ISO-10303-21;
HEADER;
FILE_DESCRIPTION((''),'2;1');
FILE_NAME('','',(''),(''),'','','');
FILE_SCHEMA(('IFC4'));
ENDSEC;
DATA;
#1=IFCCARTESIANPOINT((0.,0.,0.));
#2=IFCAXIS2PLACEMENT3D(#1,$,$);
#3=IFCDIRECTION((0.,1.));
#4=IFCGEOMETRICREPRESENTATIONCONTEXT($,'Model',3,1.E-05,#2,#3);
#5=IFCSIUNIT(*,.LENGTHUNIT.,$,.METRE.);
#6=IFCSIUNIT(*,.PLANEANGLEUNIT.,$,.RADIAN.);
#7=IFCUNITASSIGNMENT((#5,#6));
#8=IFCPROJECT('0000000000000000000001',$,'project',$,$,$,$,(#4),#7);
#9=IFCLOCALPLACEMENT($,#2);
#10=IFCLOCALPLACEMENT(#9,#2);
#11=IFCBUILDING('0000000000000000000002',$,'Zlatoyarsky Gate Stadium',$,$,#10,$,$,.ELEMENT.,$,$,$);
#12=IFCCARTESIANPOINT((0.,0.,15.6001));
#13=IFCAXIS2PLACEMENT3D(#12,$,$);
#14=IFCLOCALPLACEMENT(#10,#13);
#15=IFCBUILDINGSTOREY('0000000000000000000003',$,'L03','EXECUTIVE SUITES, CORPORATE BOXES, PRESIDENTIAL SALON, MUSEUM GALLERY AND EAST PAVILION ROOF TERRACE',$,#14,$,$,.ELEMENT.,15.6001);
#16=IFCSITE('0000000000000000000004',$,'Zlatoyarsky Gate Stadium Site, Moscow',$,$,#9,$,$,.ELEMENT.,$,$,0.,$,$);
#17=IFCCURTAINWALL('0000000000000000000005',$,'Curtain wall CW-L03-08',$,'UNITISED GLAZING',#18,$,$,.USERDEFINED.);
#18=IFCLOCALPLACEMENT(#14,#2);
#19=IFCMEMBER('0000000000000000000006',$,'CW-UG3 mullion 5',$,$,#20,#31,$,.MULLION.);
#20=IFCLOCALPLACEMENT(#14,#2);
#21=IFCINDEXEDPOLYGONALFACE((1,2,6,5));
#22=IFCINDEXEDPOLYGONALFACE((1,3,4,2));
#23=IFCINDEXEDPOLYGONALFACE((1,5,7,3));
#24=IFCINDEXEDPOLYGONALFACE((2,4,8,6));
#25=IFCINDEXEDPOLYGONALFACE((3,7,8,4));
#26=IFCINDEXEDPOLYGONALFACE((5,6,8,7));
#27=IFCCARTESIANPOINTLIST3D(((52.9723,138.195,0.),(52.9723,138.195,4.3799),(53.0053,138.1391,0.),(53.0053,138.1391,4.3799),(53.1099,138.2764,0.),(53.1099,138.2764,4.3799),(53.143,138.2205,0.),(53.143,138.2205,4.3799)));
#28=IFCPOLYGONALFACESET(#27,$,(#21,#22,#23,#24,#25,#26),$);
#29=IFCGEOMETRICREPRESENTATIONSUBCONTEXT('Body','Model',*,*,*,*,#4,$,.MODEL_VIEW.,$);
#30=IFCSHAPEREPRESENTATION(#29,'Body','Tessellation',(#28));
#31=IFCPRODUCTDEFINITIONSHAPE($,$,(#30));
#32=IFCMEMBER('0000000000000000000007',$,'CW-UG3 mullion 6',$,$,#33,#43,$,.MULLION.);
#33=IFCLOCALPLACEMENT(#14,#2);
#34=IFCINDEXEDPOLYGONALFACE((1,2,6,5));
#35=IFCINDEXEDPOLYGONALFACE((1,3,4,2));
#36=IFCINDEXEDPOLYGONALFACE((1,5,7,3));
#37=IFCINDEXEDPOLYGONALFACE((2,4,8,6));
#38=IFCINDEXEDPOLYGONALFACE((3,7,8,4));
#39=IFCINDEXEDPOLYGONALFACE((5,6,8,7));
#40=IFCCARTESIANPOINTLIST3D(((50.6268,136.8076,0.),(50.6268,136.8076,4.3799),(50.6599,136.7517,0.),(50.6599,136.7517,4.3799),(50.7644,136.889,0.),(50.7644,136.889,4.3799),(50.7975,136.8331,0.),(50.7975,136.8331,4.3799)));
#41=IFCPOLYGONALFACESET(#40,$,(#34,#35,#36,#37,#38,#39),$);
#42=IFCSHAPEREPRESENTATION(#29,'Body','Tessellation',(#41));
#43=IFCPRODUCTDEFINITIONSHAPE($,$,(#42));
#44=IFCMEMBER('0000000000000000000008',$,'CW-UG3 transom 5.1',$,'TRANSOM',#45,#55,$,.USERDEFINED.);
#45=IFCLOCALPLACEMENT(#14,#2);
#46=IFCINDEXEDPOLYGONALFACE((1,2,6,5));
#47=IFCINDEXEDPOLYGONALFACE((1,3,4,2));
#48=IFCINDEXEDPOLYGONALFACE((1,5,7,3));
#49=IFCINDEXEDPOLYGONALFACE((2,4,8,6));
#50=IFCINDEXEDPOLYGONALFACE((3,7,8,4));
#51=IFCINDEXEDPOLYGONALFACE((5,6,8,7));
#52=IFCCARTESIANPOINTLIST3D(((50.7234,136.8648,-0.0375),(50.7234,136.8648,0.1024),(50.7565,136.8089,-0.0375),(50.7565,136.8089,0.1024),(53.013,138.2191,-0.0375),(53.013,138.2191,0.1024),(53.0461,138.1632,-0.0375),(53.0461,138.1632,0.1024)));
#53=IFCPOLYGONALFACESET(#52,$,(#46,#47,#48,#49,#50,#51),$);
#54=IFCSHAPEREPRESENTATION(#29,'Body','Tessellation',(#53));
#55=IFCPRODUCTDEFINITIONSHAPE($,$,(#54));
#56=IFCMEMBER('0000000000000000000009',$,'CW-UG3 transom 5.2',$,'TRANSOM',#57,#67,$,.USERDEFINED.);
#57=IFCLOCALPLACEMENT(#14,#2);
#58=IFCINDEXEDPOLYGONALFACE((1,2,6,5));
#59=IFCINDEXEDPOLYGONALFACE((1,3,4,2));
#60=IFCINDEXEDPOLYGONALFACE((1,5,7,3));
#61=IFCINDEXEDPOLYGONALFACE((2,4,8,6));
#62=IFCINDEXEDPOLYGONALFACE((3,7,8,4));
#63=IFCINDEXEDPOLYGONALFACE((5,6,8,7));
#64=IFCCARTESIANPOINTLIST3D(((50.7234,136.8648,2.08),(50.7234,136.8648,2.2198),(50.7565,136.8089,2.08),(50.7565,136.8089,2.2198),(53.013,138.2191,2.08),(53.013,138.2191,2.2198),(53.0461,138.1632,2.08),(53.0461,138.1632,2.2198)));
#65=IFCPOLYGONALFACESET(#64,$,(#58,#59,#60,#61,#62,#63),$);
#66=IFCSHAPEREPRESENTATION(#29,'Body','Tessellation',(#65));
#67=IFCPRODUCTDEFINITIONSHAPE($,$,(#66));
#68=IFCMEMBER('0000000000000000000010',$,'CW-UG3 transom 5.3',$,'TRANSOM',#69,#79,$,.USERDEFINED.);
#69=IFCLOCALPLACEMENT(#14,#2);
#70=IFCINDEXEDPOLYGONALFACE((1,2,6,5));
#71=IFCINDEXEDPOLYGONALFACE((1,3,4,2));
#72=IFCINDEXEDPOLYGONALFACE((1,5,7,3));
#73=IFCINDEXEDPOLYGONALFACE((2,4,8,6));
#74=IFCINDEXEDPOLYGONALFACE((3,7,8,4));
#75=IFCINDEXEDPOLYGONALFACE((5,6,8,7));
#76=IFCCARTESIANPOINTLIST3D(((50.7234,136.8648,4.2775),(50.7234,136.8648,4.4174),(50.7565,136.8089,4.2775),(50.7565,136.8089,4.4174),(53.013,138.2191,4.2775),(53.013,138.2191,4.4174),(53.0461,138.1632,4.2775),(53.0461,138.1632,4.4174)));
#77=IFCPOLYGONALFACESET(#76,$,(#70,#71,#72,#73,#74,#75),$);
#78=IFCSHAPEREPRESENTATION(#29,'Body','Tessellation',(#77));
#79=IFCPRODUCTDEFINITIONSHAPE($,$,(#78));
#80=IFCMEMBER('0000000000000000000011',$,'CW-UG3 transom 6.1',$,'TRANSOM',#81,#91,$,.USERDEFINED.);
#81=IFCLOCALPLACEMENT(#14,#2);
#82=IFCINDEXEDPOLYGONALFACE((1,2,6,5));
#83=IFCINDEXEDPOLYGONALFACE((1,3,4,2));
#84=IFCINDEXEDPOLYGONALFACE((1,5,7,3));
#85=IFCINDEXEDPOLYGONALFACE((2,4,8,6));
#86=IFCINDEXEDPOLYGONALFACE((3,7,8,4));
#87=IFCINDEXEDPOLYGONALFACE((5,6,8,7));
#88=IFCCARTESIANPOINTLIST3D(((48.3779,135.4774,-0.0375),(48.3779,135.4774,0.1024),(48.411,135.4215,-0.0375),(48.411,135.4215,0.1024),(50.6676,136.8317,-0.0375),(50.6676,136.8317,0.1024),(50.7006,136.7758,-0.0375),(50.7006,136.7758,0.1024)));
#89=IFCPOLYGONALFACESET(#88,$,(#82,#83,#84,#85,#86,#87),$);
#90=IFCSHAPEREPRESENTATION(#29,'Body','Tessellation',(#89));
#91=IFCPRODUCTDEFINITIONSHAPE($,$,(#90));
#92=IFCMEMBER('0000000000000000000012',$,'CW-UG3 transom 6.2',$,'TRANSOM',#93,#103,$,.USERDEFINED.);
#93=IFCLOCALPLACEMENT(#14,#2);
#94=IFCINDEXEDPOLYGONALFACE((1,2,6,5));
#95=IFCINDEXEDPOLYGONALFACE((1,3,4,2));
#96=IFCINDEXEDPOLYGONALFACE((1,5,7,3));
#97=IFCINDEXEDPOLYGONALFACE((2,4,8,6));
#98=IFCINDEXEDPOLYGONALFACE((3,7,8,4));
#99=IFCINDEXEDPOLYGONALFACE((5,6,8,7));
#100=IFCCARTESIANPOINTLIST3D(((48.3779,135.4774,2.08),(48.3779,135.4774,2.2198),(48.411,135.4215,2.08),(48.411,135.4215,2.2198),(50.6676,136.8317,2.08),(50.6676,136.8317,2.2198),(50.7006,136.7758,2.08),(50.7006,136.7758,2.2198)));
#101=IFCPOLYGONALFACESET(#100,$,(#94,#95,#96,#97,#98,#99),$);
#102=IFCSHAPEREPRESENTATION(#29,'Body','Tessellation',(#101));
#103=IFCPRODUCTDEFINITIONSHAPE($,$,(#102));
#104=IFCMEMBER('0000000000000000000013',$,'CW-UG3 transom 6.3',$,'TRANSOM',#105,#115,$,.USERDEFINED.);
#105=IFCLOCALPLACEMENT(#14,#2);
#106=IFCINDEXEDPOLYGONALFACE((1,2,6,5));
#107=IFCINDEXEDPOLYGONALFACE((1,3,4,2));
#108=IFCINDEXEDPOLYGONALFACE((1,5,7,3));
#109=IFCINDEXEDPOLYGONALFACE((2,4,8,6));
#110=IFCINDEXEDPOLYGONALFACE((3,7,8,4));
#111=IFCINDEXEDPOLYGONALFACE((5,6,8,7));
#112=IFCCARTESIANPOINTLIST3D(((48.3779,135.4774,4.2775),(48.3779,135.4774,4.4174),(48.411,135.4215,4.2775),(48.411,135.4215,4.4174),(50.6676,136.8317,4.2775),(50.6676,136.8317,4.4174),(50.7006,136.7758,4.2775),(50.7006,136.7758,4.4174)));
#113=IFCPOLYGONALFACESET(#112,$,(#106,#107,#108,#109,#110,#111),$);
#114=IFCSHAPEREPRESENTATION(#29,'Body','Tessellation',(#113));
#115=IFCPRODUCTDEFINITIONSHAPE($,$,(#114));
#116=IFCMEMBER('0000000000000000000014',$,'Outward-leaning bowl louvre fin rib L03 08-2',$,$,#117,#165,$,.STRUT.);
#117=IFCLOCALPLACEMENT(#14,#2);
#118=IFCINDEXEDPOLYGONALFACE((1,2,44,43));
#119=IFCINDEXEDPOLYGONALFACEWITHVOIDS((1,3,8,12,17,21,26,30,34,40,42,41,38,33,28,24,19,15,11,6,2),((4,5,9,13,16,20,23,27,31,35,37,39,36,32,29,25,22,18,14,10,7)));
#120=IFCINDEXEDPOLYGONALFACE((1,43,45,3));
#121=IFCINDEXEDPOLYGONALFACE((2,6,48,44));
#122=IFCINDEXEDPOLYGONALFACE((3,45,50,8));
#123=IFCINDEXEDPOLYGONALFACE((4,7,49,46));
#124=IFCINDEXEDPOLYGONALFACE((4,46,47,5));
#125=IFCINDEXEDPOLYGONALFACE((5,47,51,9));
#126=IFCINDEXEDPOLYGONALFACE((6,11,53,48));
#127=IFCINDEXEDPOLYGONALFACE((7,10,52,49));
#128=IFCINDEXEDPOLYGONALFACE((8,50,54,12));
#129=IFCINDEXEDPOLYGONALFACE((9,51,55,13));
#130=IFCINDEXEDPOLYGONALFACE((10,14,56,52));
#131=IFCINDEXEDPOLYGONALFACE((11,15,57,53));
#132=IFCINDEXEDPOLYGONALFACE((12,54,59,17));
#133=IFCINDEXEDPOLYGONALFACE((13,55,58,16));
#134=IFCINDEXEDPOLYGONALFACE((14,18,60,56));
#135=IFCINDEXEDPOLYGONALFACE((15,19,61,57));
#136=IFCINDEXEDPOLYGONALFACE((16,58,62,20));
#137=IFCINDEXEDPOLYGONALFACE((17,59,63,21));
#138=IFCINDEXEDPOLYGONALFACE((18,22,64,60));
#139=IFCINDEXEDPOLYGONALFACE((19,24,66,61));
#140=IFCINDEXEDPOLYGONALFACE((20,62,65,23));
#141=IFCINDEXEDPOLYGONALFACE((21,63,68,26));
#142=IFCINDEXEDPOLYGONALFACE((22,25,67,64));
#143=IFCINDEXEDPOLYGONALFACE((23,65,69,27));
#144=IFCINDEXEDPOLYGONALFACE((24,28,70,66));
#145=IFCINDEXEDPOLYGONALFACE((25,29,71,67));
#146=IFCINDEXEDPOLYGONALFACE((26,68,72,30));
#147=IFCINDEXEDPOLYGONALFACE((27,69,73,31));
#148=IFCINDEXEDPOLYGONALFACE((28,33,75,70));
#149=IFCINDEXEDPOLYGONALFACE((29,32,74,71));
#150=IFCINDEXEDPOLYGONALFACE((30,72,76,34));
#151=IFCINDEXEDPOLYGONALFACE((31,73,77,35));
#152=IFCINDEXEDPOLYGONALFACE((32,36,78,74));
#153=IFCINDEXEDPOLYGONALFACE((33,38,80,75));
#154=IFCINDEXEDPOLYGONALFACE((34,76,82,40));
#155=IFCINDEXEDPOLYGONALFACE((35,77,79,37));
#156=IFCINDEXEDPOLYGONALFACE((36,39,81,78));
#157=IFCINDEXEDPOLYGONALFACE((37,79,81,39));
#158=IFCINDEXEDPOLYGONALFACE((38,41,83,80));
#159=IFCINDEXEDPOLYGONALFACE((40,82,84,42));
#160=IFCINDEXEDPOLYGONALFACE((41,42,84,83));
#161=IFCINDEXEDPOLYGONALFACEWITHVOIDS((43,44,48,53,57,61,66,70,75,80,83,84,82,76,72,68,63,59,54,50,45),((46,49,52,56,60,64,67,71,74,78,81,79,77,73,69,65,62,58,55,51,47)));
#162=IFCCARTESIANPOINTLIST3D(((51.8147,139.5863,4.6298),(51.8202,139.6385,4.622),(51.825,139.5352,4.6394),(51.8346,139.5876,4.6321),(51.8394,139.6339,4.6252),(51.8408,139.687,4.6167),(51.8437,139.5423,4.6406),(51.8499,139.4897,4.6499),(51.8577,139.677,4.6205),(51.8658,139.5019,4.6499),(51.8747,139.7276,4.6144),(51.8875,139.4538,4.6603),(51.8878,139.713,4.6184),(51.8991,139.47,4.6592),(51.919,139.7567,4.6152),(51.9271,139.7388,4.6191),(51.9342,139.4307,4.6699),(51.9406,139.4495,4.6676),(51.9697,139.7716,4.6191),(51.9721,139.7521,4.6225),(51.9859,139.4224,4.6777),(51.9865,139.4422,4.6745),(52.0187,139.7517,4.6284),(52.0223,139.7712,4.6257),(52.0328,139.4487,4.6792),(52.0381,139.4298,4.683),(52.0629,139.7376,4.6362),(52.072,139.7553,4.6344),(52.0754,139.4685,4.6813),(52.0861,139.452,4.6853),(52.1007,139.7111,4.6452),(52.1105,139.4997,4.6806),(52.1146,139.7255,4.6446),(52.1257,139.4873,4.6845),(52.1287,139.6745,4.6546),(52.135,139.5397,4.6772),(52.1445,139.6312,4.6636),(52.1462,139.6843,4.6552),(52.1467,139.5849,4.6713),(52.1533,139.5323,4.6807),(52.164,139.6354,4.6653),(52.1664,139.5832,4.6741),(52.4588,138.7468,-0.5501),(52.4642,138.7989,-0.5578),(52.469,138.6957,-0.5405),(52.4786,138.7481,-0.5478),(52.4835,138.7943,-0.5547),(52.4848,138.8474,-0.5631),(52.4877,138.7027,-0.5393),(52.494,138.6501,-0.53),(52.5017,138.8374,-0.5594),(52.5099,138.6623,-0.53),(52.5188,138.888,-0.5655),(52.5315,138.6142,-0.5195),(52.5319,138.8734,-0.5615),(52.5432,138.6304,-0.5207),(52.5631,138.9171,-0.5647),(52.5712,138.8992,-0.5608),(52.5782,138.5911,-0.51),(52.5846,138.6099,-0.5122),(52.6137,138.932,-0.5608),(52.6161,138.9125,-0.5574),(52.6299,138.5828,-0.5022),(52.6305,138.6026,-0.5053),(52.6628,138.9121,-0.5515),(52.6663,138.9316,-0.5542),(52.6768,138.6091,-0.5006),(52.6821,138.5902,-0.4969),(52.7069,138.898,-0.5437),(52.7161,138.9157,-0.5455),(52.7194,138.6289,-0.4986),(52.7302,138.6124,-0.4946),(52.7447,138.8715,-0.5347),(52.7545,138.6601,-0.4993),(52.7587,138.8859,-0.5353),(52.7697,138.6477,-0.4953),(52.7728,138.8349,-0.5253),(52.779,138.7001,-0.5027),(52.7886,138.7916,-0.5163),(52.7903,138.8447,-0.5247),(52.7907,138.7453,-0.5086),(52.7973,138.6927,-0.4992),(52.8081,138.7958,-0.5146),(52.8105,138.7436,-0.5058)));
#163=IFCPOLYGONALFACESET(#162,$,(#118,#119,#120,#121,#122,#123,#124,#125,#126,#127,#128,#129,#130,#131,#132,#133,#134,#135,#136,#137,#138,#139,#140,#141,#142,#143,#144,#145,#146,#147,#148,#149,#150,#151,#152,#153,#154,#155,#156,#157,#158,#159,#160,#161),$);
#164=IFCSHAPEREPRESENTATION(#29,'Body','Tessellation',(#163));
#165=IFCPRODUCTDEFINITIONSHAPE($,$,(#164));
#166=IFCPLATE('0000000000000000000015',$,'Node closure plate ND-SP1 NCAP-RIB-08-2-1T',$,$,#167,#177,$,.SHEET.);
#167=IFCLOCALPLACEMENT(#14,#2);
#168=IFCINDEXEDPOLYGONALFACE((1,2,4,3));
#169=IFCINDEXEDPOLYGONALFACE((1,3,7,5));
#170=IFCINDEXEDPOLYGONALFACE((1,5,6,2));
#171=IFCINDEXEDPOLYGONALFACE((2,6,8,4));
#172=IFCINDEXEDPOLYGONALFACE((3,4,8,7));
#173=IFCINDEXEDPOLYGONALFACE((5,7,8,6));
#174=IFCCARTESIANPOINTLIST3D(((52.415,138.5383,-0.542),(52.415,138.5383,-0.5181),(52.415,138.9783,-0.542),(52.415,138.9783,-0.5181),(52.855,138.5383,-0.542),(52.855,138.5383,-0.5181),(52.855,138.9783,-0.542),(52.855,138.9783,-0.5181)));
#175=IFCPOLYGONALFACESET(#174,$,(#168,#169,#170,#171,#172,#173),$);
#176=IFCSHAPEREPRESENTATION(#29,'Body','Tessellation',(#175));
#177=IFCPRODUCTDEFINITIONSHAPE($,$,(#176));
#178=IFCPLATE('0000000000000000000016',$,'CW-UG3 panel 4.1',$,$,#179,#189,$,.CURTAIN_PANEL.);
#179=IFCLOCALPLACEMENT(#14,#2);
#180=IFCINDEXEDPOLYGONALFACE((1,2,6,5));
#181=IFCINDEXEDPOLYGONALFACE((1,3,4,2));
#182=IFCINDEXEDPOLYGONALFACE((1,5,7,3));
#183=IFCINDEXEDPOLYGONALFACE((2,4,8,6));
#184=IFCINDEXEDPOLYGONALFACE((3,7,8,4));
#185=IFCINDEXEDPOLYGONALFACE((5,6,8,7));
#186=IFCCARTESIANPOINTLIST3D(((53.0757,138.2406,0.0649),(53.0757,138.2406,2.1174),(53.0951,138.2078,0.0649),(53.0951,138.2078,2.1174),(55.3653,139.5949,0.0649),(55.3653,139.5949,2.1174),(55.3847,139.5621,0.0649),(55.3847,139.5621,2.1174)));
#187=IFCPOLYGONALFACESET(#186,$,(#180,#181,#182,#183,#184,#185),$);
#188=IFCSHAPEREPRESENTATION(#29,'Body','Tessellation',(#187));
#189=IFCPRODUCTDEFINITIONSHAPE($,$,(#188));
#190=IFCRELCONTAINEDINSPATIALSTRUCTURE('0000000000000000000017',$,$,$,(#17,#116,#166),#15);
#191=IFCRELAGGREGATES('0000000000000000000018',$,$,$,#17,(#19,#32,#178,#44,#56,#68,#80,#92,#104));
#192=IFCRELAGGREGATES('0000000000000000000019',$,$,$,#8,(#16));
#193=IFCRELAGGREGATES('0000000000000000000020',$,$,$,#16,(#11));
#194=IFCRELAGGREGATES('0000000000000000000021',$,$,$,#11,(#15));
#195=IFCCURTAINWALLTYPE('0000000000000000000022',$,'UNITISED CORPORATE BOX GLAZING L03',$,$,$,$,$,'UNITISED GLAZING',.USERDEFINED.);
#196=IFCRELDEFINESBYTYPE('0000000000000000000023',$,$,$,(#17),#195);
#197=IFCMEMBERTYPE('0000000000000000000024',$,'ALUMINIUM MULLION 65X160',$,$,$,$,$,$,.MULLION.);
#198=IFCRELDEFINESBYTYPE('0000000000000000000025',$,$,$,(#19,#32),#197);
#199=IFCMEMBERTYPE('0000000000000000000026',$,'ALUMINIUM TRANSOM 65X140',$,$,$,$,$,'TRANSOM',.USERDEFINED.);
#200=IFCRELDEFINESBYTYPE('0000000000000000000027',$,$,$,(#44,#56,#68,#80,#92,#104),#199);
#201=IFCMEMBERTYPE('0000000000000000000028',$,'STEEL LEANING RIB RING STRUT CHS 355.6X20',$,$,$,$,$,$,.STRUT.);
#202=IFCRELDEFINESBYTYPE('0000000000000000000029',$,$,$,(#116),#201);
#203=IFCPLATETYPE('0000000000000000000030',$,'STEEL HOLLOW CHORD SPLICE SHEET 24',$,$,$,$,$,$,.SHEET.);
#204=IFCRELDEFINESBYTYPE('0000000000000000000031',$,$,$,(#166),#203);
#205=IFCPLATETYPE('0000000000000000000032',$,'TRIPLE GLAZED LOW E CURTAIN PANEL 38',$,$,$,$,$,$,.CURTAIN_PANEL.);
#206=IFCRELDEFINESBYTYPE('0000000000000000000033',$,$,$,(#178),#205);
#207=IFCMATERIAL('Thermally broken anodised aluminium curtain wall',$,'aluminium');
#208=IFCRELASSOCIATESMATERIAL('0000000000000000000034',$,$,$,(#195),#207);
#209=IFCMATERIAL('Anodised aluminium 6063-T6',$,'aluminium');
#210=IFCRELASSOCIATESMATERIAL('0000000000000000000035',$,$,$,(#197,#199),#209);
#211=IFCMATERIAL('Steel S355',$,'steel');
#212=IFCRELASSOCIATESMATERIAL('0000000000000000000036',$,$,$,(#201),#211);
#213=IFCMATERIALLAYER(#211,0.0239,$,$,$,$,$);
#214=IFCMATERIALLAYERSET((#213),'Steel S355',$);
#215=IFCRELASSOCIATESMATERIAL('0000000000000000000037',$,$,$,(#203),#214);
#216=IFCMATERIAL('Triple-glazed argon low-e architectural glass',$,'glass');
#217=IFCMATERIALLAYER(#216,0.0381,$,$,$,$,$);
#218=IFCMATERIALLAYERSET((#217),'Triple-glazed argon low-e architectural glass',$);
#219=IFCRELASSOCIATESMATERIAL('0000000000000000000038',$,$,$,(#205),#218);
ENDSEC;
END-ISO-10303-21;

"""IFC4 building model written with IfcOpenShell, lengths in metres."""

from ifc_helpers import new_model, si_unit, direction, frame, origin, origin_2d, place, context, subcontext, project, spatial, rectangle, hollow_circle, extrude, material, layer, layer_set, material_profile, profile_set, type_object, element, aggregate, save


model = new_model("IFC4")

# Units and contexts
model_context = context("Model", 3, precision=1e-05, world=origin(), true_north=direction((0.0, 1.0)))
body_context = subcontext(model_context, "Body", "Model", "MODEL_VIEW")
ifc_project = project(units=[si_unit("LENGTHUNIT", "METRE"), si_unit("PLANEANGLEUNIT", "RADIAN")], contexts=[model_context])

# Site, building, storey
site_placement = place(None, origin())
site = spatial("IfcSite", under=ifc_project, at=site_placement, Name="Zlatoyarsky Gate Stadium Site, Moscow", CompositionType="ELEMENT", RefElevation=0.0)
building_placement = place(site_placement, origin())
building = spatial("IfcBuilding", under=site, at=building_placement, Name="Zlatoyarsky Gate Stadium", CompositionType="ELEMENT")
storey_placement = place(building_placement, frame((0.0, 0.0, 15.6001)))
storey = spatial("IfcBuildingStorey", under=building, at=storey_placement, Name="L03", Description="EXECUTIVE SUITES, CORPORATE BOXES, PRESIDENTIAL SALON, MUSEUM GALLERY AND EAST PAVILION ROOF TERRACE", CompositionType="ELEMENT", Elevation=15.6001)

# Curtain wall, members
ifc_material_1 = material(Name="Thermally broken anodised aluminium curtain wall", Category="aluminium")
curtain_wall_type = type_object("IfcCurtainWallType", Name="UNITISED CORPORATE BOX GLAZING L03", ElementType="UNITISED GLAZING", PredefinedType="USERDEFINED", material=ifc_material_1)
curtain_wall_placement = place(storey_placement, origin())
curtain_wall = element("IfcCurtainWall", 1, at=curtain_wall_placement, inside=storey, type_object=curtain_wall_type, Name="Curtain wall CW-L03-08", ObjectType="UNITISED GLAZING", PredefinedType="USERDEFINED")
ifc_material_2 = material(Name="Anodised aluminium 6063-T6", Category="aluminium")
ifc_material_profile_1 = material_profile(ifc_material_2, rectangle(XDim=0.0649, YDim=0.1599, at=origin_2d()), Name="ALU 65X160")
ifc_profile_set_1 = profile_set([ifc_material_profile_1], Name="Anodised aluminium 6063-T6")
member_type_1 = type_object("IfcMemberType", Name="ALUMINIUM MULLION 65X160", PredefinedType="MULLION", material=ifc_profile_set_1)
member_1_placement = place(storey_placement, frame((53.0576, 138.2078, 0.0), z_axis=(0.0, 0.0, 1.0), x_axis=(0.509098, -0.860708, 0.0)))
member_1 = element("IfcMember", 2, at=member_1_placement, type_object=member_type_1, Name="CW-UG3 mullion 5", PredefinedType="MULLION", context=body_context, shape_type="SweptSolid", body=[
    extrude(rectangle(XDim=0.0649, YDim=0.1599, at=origin_2d()), origin(), (0.0, 0.0, 1.0), 4.3799),
])
member_2_placement = place(storey_placement, frame((50.7122, 136.8203, 0.0), z_axis=(0.0, 0.0, 1.0), x_axis=(0.509098, -0.860708, 0.0)))
member_2 = element("IfcMember", 3, at=member_2_placement, type_object=member_type_1, Name="CW-UG3 mullion 6", PredefinedType="MULLION", context=body_context, shape_type="SweptSolid", body=[
    extrude(rectangle(XDim=0.0649, YDim=0.1599, at=origin_2d()), origin(), (0.0, 0.0, 1.0), 4.3799),
])
ifc_material_profile_2 = material_profile(ifc_material_2, rectangle(XDim=0.0649, YDim=0.1399, at=origin_2d()), Name="ALU 65X140")
ifc_profile_set_2 = profile_set([ifc_material_profile_2], Name="Anodised aluminium 6063-T6")
member_type_2 = type_object("IfcMemberType", Name="ALUMINIUM TRANSOM 65X140", ElementType="TRANSOM", PredefinedType="USERDEFINED", material=ifc_profile_set_2)
member_3_placement = place(storey_placement, frame((53.0295, 138.1912, 0.0325), z_axis=(-0.860707, -0.5091, 0.0), x_axis=(0.5091, -0.860707, 0.0)))
member_3 = element("IfcMember", 4, at=member_3_placement, type_object=member_type_2, Name="CW-UG3 transom 5.1", ObjectType="TRANSOM", PredefinedType="USERDEFINED", context=body_context, shape_type="SweptSolid", body=[
    extrude(rectangle(XDim=0.0649, YDim=0.1399, at=origin_2d()), origin(), (0.0, 0.0, 1.0), 2.6602),
])
member_4_placement = place(storey_placement, frame((53.0295, 138.1912, 2.1499), z_axis=(-0.860707, -0.5091, 0.0), x_axis=(0.5091, -0.860707, 0.0)))
member_4 = element("IfcMember", 5, at=member_4_placement, type_object=member_type_2, Name="CW-UG3 transom 5.2", ObjectType="TRANSOM", PredefinedType="USERDEFINED", context=body_context, shape_type="SweptSolid", body=[
    extrude(rectangle(XDim=0.0649, YDim=0.1399, at=origin_2d()), origin(), (0.0, 0.0, 1.0), 2.6602),
])
member_5_placement = place(storey_placement, frame((53.0295, 138.1912, 4.3474), z_axis=(-0.860707, -0.5091, 0.0), x_axis=(0.5091, -0.860707, 0.0)))
member_5 = element("IfcMember", 6, at=member_5_placement, type_object=member_type_2, Name="CW-UG3 transom 5.3", ObjectType="TRANSOM", PredefinedType="USERDEFINED", context=body_context, shape_type="SweptSolid", body=[
    extrude(rectangle(XDim=0.0649, YDim=0.1399, at=origin_2d()), origin(), (0.0, 0.0, 1.0), 2.6602),
])
member_6_placement = place(storey_placement, frame((50.6841, 136.8037, 0.0325), z_axis=(-0.860707, -0.5091, 0.0), x_axis=(0.5091, -0.860707, 0.0)))
member_6 = element("IfcMember", 7, at=member_6_placement, type_object=member_type_2, Name="CW-UG3 transom 6.1", ObjectType="TRANSOM", PredefinedType="USERDEFINED", context=body_context, shape_type="SweptSolid", body=[
    extrude(rectangle(XDim=0.0649, YDim=0.1399, at=origin_2d()), origin(), (0.0, 0.0, 1.0), 2.6602),
])
member_7_placement = place(storey_placement, frame((50.6841, 136.8037, 2.1499), z_axis=(-0.860707, -0.5091, 0.0), x_axis=(0.5091, -0.860707, 0.0)))
member_7 = element("IfcMember", 8, at=member_7_placement, type_object=member_type_2, Name="CW-UG3 transom 6.2", ObjectType="TRANSOM", PredefinedType="USERDEFINED", context=body_context, shape_type="SweptSolid", body=[
    extrude(rectangle(XDim=0.0649, YDim=0.1399, at=origin_2d()), origin(), (0.0, 0.0, 1.0), 2.6602),
])
member_8_placement = place(storey_placement, frame((50.6841, 136.8037, 4.3474), z_axis=(-0.860707, -0.5091, 0.0), x_axis=(0.5091, -0.860707, 0.0)))
member_8 = element("IfcMember", 9, at=member_8_placement, type_object=member_type_2, Name="CW-UG3 transom 6.3", ObjectType="TRANSOM", PredefinedType="USERDEFINED", context=body_context, shape_type="SweptSolid", body=[
    extrude(rectangle(XDim=0.0649, YDim=0.1399, at=origin_2d()), origin(), (0.0, 0.0, 1.0), 2.6602),
])

# Member
ifc_material_3 = material(Name="Steel S355", Category="steel")
ifc_material_profile_3 = material_profile(ifc_material_3, hollow_circle(Radius=0.1777, WallThickness=0.02, at=origin_2d()), Name="CHS 355.6X20")
ifc_profile_set_3 = profile_set([ifc_material_profile_3], Name="Steel S355")
member_type_3 = type_object("IfcMemberType", Name="STEEL LEANING RIB RING STRUT CHS 355.6X20", PredefinedType="STRUT", material=ifc_profile_set_3)
member_9_placement = place(storey_placement, frame((52.635, 138.7583, -0.53), z_axis=(-0.121818, 0.158807, 0.979766), x_axis=(-0.793447, -0.60864, 0.0)))
element("IfcMember", 10, at=member_9_placement, inside=storey, type_object=member_type_3, Name="Outward-leaning bowl louvre fin rib L03 08-2", PredefinedType="STRUT", context=body_context, shape_type="SweptSolid", body=[
    extrude(hollow_circle(Radius=0.1777, WallThickness=0.02, at=origin_2d()), origin(), (0.0, 0.0, 1.0), 5.2869),
])

# Plates
ifc_layer_1 = layer(ifc_material_3, 0.0239)
ifc_layer_set_1 = layer_set([ifc_layer_1], Name="Steel S355")
plate_type_1 = type_object("IfcPlateType", Name="STEEL HOLLOW CHORD SPLICE SHEET 24", PredefinedType="SHEET", material=ifc_layer_set_1)
plate_1_placement = place(storey_placement, frame((52.635, 138.7583, -0.542), z_axis=(0.0, 0.0, 1.0), x_axis=(1.0, 0.0, 0.0)))
element("IfcPlate", 11, at=plate_1_placement, inside=storey, type_object=plate_type_1, Name="Node closure plate ND-SP1 NCAP-RIB-08-2-1T", PredefinedType="SHEET", context=body_context, shape_type="SweptSolid", body=[
    extrude(rectangle(XDim=0.4399, YDim=0.4399, at=origin_2d()), origin(), (0.0, 0.0, 1.0), 0.0239),
])
ifc_material_4 = material(Name="Triple-glazed argon low-e architectural glass", Category="glass")
ifc_layer_2 = layer(ifc_material_4, 0.0381)
ifc_layer_set_2 = layer_set([ifc_layer_2], Name="Triple-glazed argon low-e architectural glass")
plate_type_2 = type_object("IfcPlateType", Name="TRIPLE GLAZED LOW E CURTAIN PANEL 38", PredefinedType="CURTAIN_PANEL", material=ifc_layer_set_2)
plate_2_placement = place(storey_placement, frame((54.2302, 138.9014, 0.0649), z_axis=(0.0, 0.0, 1.0), x_axis=(-0.860708, -0.509098, 0.0)))
plate_2 = element("IfcPlate", 12, at=plate_2_placement, type_object=plate_type_2, Name="CW-UG3 panel 4.1", PredefinedType="CURTAIN_PANEL", context=body_context, shape_type="SweptSolid", body=[
    extrude(rectangle(XDim=2.6602, YDim=0.0381, at=origin_2d()), origin(), (0.0, 0.0, 1.0), 2.0525),
])
aggregate(curtain_wall, [member_1, member_2, plate_2, member_3, member_4, member_5, member_6, member_7, member_8])

save(model, "model.ifc")
